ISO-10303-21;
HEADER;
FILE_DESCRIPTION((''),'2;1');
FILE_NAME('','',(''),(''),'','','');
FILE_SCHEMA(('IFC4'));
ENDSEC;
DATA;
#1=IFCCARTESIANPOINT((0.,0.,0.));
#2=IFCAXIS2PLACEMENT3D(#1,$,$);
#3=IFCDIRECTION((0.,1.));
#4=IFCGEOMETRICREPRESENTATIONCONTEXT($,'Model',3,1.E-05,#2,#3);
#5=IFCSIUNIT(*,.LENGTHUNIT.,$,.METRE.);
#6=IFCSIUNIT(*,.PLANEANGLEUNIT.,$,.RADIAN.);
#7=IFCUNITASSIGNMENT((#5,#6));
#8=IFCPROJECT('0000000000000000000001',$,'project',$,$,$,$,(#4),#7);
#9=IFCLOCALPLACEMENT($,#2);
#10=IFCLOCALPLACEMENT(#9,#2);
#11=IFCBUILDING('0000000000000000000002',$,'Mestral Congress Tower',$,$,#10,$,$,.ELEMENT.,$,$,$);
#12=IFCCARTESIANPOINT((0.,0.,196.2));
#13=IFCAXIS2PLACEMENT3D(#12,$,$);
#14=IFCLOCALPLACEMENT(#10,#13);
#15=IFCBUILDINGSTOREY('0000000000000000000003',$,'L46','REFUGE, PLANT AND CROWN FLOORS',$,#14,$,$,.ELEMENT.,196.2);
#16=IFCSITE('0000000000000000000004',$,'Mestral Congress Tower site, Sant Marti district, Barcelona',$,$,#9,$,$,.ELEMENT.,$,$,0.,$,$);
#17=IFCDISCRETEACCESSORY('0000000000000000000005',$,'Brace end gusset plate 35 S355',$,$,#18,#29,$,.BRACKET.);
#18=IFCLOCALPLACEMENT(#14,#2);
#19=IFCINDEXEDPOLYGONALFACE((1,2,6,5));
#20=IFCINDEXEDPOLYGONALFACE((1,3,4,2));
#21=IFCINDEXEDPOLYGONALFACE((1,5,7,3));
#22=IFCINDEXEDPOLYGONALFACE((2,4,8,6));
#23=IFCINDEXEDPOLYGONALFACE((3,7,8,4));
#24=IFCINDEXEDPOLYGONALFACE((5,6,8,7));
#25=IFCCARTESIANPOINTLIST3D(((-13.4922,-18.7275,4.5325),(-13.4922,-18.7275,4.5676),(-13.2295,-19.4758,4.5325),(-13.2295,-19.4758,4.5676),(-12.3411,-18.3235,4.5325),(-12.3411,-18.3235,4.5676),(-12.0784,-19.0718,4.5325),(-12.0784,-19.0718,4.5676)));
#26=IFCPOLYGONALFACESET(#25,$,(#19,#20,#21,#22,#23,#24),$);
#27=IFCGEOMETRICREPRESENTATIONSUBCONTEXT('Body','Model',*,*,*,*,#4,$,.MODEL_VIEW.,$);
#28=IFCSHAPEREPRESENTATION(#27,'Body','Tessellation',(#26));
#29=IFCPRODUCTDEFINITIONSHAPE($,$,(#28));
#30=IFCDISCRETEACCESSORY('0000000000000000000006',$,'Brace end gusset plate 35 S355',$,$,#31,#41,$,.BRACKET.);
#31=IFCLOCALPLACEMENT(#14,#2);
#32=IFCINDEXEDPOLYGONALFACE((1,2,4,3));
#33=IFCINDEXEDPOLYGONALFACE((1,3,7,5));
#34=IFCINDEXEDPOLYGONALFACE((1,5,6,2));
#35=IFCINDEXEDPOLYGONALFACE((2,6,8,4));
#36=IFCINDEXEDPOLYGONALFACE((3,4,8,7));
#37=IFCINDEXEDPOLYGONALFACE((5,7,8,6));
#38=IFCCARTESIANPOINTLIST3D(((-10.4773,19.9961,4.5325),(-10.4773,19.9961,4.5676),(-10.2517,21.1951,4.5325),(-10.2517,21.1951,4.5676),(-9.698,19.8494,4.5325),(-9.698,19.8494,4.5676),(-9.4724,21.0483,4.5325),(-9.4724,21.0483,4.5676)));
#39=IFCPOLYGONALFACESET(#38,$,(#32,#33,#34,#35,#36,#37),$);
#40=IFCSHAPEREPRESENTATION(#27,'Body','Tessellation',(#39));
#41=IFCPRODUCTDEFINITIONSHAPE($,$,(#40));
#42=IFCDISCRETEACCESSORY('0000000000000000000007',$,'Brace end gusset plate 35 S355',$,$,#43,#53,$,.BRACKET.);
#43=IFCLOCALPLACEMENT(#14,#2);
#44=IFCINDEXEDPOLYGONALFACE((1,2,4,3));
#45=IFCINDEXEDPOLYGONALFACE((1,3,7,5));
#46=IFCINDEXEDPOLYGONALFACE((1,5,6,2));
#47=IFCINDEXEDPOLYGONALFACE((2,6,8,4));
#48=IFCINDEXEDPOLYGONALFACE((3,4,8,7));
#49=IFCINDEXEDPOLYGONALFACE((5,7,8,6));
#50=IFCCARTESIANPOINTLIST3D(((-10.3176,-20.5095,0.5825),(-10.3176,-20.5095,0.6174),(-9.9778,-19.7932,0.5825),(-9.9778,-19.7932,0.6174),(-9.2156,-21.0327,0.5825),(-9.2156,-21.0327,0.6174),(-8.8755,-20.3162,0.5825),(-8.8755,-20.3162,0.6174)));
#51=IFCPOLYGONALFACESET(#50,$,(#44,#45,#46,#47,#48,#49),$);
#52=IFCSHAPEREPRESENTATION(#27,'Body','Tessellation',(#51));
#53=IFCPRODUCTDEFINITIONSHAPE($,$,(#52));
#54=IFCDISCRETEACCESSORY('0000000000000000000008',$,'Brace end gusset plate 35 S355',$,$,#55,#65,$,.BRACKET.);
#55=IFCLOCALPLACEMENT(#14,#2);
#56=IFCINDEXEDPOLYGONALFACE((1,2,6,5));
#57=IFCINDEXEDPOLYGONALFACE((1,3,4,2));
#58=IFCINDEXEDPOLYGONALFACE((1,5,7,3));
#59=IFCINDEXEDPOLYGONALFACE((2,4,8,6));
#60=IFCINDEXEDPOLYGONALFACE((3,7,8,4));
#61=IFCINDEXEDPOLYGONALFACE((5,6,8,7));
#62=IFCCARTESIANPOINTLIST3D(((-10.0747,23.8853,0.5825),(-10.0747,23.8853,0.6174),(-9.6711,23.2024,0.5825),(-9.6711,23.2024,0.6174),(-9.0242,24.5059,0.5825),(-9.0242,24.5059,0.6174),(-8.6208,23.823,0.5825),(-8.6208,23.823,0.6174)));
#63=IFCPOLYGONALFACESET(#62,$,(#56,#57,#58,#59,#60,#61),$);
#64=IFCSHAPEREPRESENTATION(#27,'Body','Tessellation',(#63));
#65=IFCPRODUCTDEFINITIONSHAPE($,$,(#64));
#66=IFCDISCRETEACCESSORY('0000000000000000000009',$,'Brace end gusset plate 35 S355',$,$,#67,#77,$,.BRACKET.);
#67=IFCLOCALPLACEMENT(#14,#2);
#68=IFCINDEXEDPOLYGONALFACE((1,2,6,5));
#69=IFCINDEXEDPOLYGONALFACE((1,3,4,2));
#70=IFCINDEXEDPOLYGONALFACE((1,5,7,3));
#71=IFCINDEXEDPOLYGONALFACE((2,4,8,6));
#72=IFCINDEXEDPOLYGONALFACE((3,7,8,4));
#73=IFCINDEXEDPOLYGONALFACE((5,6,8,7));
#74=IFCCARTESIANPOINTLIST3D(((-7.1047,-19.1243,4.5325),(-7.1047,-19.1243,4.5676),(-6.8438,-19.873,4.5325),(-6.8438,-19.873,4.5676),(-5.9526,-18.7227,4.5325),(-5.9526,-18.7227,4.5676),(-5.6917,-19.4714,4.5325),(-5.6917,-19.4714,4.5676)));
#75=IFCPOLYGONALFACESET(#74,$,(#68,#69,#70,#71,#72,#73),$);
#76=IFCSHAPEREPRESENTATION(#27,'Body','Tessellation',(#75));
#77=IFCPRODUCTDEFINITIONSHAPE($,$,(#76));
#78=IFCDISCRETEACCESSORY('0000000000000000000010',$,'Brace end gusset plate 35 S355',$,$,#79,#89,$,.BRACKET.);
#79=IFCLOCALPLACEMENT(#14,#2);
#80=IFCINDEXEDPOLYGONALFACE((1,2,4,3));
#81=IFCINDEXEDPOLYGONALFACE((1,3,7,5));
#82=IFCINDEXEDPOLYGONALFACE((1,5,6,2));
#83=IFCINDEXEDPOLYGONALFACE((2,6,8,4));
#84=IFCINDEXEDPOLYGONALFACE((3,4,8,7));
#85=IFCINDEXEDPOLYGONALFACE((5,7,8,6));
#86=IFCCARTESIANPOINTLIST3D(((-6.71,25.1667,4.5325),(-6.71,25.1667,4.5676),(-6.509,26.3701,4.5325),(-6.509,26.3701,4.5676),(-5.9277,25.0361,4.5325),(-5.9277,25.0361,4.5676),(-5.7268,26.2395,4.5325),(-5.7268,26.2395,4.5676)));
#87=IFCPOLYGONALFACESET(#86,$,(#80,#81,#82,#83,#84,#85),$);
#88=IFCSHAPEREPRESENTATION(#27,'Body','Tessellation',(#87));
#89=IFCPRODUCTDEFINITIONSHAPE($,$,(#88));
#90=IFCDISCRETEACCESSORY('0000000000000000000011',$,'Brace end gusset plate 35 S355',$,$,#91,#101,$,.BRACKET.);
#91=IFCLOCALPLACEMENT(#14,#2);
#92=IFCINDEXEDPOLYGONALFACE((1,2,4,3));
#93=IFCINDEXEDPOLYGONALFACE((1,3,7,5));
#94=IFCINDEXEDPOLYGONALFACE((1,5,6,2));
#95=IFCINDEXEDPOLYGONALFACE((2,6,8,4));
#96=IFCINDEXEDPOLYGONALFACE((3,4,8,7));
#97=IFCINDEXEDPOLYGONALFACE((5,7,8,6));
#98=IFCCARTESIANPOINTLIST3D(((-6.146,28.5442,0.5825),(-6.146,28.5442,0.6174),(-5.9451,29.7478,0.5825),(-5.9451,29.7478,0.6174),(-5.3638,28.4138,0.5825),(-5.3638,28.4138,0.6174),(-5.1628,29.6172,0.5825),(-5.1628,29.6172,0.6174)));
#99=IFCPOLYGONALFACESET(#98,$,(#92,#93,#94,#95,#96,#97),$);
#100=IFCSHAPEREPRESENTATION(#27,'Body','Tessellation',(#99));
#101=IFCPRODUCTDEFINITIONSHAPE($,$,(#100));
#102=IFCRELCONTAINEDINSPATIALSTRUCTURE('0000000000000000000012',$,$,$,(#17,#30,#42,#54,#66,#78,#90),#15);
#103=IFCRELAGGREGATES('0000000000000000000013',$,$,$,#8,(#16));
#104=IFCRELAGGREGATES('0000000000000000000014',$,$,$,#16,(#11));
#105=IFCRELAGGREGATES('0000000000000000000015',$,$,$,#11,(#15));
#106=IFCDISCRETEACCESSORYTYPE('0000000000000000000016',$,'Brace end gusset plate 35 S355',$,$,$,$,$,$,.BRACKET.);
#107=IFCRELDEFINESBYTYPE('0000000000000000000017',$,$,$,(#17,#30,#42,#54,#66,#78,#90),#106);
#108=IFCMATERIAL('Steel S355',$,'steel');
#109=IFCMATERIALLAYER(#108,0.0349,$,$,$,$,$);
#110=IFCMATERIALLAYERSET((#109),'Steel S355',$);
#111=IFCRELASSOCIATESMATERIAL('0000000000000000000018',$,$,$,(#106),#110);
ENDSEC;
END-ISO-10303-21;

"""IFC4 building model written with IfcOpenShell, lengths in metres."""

from ifc_helpers import new_model, si_unit, direction, frame, origin, place, context, subcontext, project, spatial, polyline, outline, extrude, material, layer, layer_set, type_object, element, save


model = new_model("IFC4")

# Units and contexts
model_context = context("Model", 3, precision=1e-05, world=origin(), true_north=direction((0.0, 1.0)))
body_context = subcontext(model_context, "Body", "Model", "MODEL_VIEW")
ifc_project = project(units=[si_unit("LENGTHUNIT", "METRE"), si_unit("PLANEANGLEUNIT", "RADIAN")], contexts=[model_context])

# Site, building, storey
site_placement = place(None, origin())
site = spatial("IfcSite", under=ifc_project, at=site_placement, Name="Mestral Congress Tower site, Sant Marti district, Barcelona", CompositionType="ELEMENT", RefElevation=0.0)
building_placement = place(site_placement, origin())
building = spatial("IfcBuilding", under=site, at=building_placement, Name="Mestral Congress Tower", CompositionType="ELEMENT")
storey_placement = place(building_placement, frame((0.0, 0.0, 196.2)))
storey = spatial("IfcBuildingStorey", under=building, at=storey_placement, Name="L46", Description="REFUGE, PLANT AND CROWN FLOORS", CompositionType="ELEMENT", Elevation=196.2)

# Discrete accessories
ifc_material_1 = material(Name="Steel S355", Category="steel")
ifc_layer_1 = layer(ifc_material_1, 0.0349)
ifc_layer_set_1 = layer_set([ifc_layer_1], Name="Steel S355")
discrete_accessory_type = type_object("IfcDiscreteAccessoryType", Name="Brace end gusset plate 35 S355", PredefinedType="BRACKET", material=ifc_layer_set_1)
placement_1 = place(storey_placement, frame((0.0, 0.0, 0.5825)))
placement_2 = place(storey_placement, frame((0.0, 0.0, 4.5325)))
element("IfcDiscreteAccessory", 1, at=placement_2, inside=storey, type_object=discrete_accessory_type, Name="Brace end gusset plate 35 S355", PredefinedType="BRACKET", context=body_context, shape_type="SweptSolid", body=[
    extrude(outline(polyline([(-12.3411, -18.3235), (-13.4922, -18.7275), (-13.2295, -19.4758), (-12.0784, -19.0718), (-12.3411, -18.3235)])), origin(), (0.0, 0.0, 1.0), 0.0352),
])
element("IfcDiscreteAccessory", 2, at=placement_2, inside=storey, type_object=discrete_accessory_type, Name="Brace end gusset plate 35 S355", PredefinedType="BRACKET", context=body_context, shape_type="SweptSolid", body=[
    extrude(outline(polyline([(-9.698, 19.8494), (-9.4724, 21.0483), (-10.2517, 21.1951), (-10.4773, 19.9961), (-9.698, 19.8494)])), origin(), (0.0, 0.0, 1.0), 0.0352),
])
element("IfcDiscreteAccessory", 3, at=placement_1, inside=storey, type_object=discrete_accessory_type, Name="Brace end gusset plate 35 S355", PredefinedType="BRACKET", context=body_context, shape_type="SweptSolid", body=[
    extrude(outline(polyline([(-8.8755, -20.3162), (-9.9778, -19.7932), (-10.3176, -20.5095), (-9.2156, -21.0327), (-8.8755, -20.3162)])), origin(), (0.0, 0.0, 1.0), 0.0349),
])
element("IfcDiscreteAccessory", 4, at=placement_1, inside=storey, type_object=discrete_accessory_type, Name="Brace end gusset plate 35 S355", PredefinedType="BRACKET", context=body_context, shape_type="SweptSolid", body=[
    extrude(outline(polyline([(-9.6711, 23.2024), (-8.6208, 23.823), (-9.0242, 24.5059), (-10.0747, 23.8853), (-9.6711, 23.2024)])), origin(), (0.0, 0.0, 1.0), 0.0349),
])
element("IfcDiscreteAccessory", 5, at=placement_2, inside=storey, type_object=discrete_accessory_type, Name="Brace end gusset plate 35 S355", PredefinedType="BRACKET", context=body_context, shape_type="SweptSolid", body=[
    extrude(outline(polyline([(-5.9526, -18.7227), (-7.1047, -19.1243), (-6.8438, -19.873), (-5.6917, -19.4714), (-5.9526, -18.7227)])), origin(), (0.0, 0.0, 1.0), 0.0352),
])
element("IfcDiscreteAccessory", 6, at=placement_2, inside=storey, type_object=discrete_accessory_type, Name="Brace end gusset plate 35 S355", PredefinedType="BRACKET", context=body_context, shape_type="SweptSolid", body=[
    extrude(outline(polyline([(-5.9277, 25.0361), (-5.7268, 26.2395), (-6.509, 26.3701), (-6.71, 25.1667), (-5.9277, 25.0361)])), origin(), (0.0, 0.0, 1.0), 0.0352),
])
element("IfcDiscreteAccessory", 7, at=placement_1, inside=storey, type_object=discrete_accessory_type, Name="Brace end gusset plate 35 S355", PredefinedType="BRACKET", context=body_context, shape_type="SweptSolid", body=[
    extrude(outline(polyline([(-5.9451, 29.7478), (-6.146, 28.5442), (-5.3638, 28.4138), (-5.1628, 29.6172), (-5.9451, 29.7478)])), origin(), (0.0, 0.0, 1.0), 0.0349),
])

save(model, "model.ifc")
